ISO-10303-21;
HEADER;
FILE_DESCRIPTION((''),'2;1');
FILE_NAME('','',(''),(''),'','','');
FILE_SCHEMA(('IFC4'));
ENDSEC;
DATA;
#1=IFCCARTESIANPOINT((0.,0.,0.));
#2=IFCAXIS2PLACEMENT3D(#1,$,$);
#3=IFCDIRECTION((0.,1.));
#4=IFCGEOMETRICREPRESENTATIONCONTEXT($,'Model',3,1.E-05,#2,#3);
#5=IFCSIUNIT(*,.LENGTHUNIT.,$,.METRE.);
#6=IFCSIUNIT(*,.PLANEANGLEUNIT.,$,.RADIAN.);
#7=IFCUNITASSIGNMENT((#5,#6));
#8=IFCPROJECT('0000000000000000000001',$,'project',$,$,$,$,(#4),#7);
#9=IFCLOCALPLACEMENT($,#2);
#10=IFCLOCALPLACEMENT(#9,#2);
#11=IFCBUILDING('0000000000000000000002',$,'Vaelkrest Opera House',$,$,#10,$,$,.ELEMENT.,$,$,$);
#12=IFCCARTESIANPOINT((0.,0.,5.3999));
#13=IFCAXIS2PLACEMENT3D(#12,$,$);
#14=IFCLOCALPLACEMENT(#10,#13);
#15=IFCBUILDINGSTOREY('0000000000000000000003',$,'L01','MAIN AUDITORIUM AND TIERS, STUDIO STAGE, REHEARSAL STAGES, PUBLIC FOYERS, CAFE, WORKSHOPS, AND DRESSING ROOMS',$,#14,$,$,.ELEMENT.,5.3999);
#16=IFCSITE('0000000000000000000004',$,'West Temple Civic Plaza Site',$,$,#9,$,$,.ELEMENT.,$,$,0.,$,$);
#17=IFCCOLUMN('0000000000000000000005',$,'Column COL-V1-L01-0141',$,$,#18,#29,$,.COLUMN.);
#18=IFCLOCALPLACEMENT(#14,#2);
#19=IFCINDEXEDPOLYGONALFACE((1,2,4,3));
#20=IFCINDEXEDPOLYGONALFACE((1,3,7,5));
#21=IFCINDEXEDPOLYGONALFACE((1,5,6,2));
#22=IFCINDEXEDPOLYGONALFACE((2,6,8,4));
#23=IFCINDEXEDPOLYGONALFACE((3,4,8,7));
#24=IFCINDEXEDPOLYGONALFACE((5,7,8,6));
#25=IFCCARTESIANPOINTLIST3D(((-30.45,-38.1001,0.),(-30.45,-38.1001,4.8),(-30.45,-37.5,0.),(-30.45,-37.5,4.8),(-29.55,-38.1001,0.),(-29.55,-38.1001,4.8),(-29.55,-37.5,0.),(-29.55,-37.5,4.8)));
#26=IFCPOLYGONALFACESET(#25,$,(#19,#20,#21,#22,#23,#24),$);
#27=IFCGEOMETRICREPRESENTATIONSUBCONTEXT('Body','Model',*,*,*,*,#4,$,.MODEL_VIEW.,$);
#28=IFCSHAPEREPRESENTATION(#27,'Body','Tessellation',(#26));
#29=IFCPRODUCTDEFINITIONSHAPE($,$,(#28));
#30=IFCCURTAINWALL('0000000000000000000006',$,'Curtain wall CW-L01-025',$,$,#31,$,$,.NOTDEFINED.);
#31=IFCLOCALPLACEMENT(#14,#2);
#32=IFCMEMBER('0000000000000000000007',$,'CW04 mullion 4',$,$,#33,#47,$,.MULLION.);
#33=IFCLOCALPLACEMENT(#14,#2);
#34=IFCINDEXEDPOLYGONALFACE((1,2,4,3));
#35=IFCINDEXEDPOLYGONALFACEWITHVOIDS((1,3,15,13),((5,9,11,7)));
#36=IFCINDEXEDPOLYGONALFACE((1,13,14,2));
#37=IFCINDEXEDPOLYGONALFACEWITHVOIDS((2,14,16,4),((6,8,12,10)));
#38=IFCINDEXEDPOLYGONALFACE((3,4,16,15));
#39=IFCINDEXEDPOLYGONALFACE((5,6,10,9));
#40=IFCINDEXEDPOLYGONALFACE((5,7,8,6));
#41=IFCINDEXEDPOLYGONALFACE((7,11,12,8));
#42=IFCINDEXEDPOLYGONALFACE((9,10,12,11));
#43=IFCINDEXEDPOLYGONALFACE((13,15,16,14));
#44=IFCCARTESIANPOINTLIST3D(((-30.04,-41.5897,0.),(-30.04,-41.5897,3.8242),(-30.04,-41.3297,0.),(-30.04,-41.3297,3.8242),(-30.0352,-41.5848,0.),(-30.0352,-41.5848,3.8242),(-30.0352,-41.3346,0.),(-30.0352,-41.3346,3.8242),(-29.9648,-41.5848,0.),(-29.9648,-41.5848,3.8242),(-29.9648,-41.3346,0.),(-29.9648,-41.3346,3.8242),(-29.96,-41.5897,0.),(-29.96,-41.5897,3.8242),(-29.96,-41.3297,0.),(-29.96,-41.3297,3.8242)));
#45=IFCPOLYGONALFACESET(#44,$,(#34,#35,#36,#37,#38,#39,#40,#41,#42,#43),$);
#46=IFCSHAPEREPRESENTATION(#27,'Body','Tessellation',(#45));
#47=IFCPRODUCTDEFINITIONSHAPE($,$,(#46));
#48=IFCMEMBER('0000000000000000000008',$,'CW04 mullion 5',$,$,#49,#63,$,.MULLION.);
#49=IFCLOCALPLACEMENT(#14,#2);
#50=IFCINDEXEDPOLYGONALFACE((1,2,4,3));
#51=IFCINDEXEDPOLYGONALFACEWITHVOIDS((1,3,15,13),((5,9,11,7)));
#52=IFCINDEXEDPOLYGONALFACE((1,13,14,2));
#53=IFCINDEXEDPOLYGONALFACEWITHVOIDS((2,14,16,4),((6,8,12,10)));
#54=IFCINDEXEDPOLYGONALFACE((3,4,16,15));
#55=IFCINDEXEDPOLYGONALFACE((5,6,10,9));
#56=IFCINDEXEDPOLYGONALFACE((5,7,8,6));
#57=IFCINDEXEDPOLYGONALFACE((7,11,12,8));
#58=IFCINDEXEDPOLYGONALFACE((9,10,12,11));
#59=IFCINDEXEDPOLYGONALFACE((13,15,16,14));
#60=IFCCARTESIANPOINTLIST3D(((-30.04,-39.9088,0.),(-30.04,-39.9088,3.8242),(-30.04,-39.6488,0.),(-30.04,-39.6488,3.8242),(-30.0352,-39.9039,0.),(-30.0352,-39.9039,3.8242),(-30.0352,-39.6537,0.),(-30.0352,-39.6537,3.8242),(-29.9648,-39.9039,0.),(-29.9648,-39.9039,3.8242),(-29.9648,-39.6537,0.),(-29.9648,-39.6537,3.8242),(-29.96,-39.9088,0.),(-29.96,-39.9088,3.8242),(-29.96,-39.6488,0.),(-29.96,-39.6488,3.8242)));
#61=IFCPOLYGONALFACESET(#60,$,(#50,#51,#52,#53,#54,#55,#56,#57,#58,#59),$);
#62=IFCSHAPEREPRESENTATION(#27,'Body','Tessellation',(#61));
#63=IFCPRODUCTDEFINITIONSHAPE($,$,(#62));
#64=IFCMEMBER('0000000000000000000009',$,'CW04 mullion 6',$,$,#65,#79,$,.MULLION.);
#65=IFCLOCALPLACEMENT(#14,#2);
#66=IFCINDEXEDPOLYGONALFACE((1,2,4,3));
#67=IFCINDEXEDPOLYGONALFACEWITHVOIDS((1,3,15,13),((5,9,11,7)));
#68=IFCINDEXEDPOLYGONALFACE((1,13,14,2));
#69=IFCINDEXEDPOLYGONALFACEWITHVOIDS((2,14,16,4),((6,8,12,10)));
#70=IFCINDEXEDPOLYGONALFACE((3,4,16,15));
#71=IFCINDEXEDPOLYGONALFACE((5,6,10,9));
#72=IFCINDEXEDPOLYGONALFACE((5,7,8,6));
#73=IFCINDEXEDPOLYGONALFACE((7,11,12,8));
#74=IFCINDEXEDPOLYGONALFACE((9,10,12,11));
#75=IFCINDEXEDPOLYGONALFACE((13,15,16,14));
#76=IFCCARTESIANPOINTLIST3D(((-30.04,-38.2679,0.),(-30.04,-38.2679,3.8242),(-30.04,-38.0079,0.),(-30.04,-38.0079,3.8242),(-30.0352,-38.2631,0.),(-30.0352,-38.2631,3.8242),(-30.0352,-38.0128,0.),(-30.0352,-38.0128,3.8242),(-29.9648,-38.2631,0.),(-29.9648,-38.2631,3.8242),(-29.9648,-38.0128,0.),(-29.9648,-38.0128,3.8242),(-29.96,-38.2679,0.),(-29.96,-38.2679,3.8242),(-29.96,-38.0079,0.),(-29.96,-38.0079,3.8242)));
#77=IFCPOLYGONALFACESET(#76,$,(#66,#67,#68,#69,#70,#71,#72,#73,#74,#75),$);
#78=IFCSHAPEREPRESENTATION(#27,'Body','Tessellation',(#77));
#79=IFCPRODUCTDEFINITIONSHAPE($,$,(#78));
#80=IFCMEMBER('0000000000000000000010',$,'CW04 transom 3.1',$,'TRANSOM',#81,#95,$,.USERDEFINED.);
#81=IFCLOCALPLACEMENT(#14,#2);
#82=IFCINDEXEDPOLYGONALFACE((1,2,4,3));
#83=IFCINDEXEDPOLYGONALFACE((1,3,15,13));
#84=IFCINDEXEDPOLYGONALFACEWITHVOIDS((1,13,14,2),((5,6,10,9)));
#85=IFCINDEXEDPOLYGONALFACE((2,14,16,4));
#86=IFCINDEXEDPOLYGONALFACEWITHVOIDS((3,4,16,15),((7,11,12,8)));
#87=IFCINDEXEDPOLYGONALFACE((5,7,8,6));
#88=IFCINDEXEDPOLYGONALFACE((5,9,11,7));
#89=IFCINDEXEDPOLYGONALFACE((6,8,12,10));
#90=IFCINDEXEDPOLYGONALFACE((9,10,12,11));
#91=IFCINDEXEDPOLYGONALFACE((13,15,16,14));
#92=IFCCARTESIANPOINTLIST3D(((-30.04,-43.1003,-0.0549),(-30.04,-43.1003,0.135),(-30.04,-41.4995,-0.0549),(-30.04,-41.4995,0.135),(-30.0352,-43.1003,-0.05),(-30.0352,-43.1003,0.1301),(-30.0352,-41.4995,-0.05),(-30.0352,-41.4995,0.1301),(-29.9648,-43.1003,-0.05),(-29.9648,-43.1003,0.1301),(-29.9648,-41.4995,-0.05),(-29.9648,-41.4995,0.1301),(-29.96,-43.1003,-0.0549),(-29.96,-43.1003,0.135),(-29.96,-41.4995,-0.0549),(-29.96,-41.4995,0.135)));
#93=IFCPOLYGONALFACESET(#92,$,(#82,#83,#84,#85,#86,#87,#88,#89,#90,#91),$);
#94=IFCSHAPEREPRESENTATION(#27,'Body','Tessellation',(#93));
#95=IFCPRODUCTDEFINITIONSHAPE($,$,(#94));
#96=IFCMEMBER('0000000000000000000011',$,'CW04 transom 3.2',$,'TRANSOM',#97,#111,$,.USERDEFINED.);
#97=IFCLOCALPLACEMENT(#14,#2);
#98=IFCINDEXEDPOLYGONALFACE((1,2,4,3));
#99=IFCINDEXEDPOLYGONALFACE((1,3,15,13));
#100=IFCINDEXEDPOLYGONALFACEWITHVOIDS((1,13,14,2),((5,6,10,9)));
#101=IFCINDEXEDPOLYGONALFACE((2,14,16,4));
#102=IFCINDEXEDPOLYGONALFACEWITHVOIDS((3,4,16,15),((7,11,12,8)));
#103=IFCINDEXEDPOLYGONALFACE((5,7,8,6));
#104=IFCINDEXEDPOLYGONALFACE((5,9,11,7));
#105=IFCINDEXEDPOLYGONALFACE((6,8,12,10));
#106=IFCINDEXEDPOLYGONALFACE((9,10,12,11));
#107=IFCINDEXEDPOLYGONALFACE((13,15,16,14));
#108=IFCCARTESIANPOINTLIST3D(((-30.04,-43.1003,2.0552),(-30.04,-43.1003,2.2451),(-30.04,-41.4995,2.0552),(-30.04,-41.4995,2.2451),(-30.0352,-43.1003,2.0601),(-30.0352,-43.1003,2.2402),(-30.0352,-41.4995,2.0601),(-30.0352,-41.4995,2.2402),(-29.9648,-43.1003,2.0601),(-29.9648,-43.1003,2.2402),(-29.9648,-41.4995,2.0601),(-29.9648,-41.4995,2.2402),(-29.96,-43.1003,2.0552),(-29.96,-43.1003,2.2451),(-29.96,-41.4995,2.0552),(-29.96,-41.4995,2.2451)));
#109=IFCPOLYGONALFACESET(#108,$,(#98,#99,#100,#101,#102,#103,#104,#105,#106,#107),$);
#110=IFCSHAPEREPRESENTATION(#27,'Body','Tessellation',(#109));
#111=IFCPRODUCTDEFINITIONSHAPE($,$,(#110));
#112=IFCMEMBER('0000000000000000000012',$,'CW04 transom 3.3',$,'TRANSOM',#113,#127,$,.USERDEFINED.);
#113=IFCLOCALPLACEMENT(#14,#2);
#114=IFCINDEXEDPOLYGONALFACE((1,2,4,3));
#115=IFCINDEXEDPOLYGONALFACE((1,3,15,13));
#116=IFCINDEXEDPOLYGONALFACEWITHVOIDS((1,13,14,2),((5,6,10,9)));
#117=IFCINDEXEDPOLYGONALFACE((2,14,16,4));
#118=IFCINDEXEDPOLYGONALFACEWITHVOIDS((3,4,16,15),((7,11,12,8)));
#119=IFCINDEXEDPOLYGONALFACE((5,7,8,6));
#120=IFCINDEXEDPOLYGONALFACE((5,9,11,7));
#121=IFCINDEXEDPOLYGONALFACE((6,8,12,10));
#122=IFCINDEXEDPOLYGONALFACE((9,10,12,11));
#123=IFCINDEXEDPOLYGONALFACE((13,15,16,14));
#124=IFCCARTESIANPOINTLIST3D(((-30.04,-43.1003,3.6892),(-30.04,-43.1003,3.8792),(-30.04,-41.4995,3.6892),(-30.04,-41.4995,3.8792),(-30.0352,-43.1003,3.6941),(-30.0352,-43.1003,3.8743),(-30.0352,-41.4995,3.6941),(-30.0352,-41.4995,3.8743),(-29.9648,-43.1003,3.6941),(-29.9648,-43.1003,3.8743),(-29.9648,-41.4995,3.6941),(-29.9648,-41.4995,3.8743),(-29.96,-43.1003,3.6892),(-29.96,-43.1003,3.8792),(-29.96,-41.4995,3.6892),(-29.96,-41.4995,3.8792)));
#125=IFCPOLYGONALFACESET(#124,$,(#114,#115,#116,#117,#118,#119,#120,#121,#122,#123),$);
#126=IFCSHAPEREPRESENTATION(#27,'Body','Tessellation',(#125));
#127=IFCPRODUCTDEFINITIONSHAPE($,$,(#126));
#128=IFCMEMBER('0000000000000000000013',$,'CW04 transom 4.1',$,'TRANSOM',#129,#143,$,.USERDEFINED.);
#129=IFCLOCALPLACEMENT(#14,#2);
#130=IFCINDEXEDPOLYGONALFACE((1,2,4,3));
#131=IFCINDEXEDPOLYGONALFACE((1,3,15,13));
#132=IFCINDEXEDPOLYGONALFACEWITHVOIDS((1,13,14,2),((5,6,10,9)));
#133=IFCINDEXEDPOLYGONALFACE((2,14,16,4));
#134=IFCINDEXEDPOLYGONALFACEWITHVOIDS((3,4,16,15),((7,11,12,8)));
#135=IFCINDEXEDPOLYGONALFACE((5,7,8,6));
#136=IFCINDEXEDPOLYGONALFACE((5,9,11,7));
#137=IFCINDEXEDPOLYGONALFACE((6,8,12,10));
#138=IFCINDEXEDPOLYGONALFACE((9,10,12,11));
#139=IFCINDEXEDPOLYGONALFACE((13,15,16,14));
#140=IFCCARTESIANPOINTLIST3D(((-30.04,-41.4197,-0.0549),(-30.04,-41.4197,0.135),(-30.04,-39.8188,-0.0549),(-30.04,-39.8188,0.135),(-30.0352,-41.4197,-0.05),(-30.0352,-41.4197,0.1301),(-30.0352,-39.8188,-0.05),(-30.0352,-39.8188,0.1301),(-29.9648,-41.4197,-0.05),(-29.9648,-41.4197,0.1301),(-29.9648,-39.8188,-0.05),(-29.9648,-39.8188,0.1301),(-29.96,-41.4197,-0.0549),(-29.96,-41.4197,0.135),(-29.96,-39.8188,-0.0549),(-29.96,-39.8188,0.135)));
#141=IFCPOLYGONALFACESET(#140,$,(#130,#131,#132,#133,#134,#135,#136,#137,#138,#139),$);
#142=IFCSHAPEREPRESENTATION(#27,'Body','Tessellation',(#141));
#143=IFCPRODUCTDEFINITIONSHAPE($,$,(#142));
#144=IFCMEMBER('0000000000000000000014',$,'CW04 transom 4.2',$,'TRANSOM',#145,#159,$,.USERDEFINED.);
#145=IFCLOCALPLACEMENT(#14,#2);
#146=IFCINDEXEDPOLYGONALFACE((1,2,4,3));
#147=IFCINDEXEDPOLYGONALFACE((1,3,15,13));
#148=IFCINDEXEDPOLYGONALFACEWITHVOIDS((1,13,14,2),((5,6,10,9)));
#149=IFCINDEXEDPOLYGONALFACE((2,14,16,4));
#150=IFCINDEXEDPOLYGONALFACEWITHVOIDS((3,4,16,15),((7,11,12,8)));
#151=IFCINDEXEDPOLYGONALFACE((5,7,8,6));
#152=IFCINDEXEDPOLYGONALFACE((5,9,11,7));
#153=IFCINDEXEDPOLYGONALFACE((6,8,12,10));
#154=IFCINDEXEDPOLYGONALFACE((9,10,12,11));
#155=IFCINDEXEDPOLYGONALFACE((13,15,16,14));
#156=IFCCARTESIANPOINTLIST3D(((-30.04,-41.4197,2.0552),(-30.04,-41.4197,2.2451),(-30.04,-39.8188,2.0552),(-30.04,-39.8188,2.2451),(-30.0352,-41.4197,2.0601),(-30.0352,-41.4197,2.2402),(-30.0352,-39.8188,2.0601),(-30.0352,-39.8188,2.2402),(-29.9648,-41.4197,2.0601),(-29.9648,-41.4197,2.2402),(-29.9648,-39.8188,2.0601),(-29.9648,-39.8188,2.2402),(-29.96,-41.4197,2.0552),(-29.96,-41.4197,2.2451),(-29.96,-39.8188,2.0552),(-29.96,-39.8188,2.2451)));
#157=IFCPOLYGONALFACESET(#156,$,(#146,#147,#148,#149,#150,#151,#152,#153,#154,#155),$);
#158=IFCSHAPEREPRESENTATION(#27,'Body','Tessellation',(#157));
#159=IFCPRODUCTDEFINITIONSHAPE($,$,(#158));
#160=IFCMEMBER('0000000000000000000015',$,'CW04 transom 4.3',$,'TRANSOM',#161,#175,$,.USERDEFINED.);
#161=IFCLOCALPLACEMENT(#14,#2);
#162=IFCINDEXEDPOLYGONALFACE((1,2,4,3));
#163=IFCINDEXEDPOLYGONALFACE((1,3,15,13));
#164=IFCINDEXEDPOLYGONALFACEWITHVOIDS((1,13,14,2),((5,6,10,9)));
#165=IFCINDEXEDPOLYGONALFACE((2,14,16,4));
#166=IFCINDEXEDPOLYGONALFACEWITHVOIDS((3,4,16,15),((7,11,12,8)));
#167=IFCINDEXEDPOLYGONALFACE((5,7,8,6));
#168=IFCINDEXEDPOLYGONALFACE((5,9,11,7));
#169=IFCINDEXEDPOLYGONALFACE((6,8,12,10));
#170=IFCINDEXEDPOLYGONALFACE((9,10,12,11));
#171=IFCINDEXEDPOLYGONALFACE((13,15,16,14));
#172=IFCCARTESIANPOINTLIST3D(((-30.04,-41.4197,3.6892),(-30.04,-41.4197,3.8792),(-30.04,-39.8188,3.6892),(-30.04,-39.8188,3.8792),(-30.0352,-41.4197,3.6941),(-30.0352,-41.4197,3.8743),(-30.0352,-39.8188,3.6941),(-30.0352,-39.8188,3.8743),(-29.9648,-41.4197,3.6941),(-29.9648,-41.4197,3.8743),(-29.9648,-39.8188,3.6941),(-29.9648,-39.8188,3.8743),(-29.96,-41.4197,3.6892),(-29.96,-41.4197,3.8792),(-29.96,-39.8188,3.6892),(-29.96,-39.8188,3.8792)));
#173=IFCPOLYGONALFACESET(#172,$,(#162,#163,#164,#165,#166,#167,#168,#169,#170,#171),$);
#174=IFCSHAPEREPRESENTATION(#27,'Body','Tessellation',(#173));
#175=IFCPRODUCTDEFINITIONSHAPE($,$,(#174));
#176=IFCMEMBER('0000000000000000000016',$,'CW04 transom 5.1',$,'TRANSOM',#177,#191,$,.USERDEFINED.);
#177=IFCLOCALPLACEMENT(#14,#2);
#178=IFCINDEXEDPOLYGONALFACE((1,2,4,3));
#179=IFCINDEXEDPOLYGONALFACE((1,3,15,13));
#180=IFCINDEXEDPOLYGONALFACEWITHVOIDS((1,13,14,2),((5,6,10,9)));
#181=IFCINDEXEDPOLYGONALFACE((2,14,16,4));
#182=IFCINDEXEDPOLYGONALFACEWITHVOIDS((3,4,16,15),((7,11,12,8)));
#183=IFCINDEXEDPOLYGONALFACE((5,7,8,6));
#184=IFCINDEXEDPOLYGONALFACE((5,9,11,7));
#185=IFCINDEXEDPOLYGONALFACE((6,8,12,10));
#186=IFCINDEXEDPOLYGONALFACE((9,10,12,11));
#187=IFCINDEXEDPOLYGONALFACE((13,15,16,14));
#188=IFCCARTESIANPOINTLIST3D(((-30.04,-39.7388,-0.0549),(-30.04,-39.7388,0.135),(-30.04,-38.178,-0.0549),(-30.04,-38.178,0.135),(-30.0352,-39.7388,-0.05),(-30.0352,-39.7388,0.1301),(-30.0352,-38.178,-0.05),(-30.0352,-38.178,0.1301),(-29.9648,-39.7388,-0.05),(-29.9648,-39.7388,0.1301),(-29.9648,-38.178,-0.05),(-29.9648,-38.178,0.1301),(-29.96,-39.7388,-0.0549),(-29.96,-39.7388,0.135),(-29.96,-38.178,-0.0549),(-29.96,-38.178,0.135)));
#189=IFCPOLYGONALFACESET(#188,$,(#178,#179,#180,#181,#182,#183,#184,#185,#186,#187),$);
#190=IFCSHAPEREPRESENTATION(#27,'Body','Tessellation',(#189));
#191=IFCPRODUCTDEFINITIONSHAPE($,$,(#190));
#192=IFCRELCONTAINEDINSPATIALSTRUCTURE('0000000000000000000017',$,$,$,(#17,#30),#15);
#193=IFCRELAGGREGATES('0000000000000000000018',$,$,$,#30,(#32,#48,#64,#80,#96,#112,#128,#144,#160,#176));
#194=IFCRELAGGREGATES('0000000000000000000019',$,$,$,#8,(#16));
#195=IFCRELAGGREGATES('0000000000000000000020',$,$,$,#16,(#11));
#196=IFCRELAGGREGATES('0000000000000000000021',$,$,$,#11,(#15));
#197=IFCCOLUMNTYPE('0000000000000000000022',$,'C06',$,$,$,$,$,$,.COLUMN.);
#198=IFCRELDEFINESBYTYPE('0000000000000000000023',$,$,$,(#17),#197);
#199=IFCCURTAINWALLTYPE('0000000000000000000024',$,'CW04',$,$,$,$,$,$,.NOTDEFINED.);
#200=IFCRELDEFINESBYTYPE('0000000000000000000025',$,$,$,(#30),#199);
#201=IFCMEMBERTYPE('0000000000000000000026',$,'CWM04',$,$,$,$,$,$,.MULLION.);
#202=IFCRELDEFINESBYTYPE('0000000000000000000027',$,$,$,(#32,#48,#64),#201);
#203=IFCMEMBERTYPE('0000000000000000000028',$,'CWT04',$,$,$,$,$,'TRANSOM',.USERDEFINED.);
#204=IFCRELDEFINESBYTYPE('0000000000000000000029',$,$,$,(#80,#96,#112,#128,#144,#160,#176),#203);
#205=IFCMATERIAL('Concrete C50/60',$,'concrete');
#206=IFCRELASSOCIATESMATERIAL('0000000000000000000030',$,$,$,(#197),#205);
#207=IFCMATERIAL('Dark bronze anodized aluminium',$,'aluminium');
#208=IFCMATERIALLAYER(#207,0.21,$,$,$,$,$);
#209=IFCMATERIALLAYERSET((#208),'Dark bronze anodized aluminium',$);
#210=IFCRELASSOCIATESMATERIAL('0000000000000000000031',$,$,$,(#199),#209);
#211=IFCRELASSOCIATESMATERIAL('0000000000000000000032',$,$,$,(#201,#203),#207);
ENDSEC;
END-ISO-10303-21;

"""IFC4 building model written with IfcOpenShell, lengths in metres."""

from ifc_helpers import new_model, si_unit, direction, frame, origin, origin_2d, place, context, subcontext, project, spatial, rectangle, hollow_rectangle, extrude, material, layer, layer_set, material_profile, profile_set, type_object, element, aggregate, save


model = new_model("IFC4")

# Units and contexts
model_context = context("Model", 3, precision=1e-05, world=origin(), true_north=direction((0.0, 1.0)))
body_context = subcontext(model_context, "Body", "Model", "MODEL_VIEW")
ifc_project = project(units=[si_unit("LENGTHUNIT", "METRE"), si_unit("PLANEANGLEUNIT", "RADIAN")], contexts=[model_context])

# Site, building, storey
site_placement = place(None, origin())
site = spatial("IfcSite", under=ifc_project, at=site_placement, Name="West Temple Civic Plaza Site", CompositionType="ELEMENT", RefElevation=0.0)
building_placement = place(site_placement, origin())
building = spatial("IfcBuilding", under=site, at=building_placement, Name="Vaelkrest Opera House", CompositionType="ELEMENT")
storey_placement = place(building_placement, frame((0.0, 0.0, 5.3999)))
storey = spatial("IfcBuildingStorey", under=building, at=storey_placement, Name="L01", Description="MAIN AUDITORIUM AND TIERS, STUDIO STAGE, REHEARSAL STAGES, PUBLIC FOYERS, CAFE, WORKSHOPS, AND DRESSING ROOMS", CompositionType="ELEMENT", Elevation=5.3999)

# Column
ifc_material_1 = material(Name="Concrete C50/60", Category="concrete")
ifc_material_profile_1 = material_profile(ifc_material_1, rectangle(XDim=0.6001, YDim=0.8999, at=origin_2d()), Name="RC600X900")
ifc_profile_set_1 = profile_set([ifc_material_profile_1], Name="Concrete C50/60")
column_type = type_object("IfcColumnType", Name="C06", PredefinedType="COLUMN", material=ifc_profile_set_1)
column_placement = place(storey_placement, frame((-30.0, -37.8, 0.0), z_axis=(0.0, 0.0, 1.0), x_axis=(0.0, 1.0, 0.0)))
element("IfcColumn", 1, at=column_placement, inside=storey, type_object=column_type, Name="Column COL-V1-L01-0141", PredefinedType="COLUMN", context=body_context, shape_type="SweptSolid", body=[
    extrude(rectangle(XDim=0.6001, YDim=0.8999, at=origin_2d()), origin(), (0.0, 0.0, 1.0), 4.8),
])

# Curtain wall, members
ifc_material_2 = material(Name="Dark bronze anodized aluminium", Category="aluminium")
ifc_layer_1 = layer(ifc_material_2, 0.21)
ifc_layer_set_1 = layer_set([ifc_layer_1], Name="Dark bronze anodized aluminium")
curtain_wall_type = type_object("IfcCurtainWallType", Name="CW04", PredefinedType="NOTDEFINED", material=ifc_layer_set_1)
curtain_wall_placement = place(storey_placement, origin())
curtain_wall = element("IfcCurtainWall", 2, at=curtain_wall_placement, inside=storey, type_object=curtain_wall_type, Name="Curtain wall CW-L01-025", PredefinedType="NOTDEFINED")
ifc_material_profile_2 = material_profile(ifc_material_2, hollow_rectangle(XDim=0.0801, YDim=0.26, WallThickness=0.0049, at=origin_2d()), Name="CWM80X260")
ifc_profile_set_2 = profile_set([ifc_material_profile_2], Name="Dark bronze anodized aluminium")
member_type_1 = type_object("IfcMemberType", Name="CWM04", PredefinedType="MULLION", material=ifc_profile_set_2)
member_1_placement = place(storey_placement, frame((-30.0, -41.4597, 0.0), z_axis=(0.0, 0.0, 1.0), x_axis=(-1.0, 0.0, 0.0)))
member_1 = element("IfcMember", 3, at=member_1_placement, type_object=member_type_1, Name="CW04 mullion 4", PredefinedType="MULLION", context=body_context, shape_type="SweptSolid", body=[
    extrude(hollow_rectangle(XDim=0.0801, YDim=0.26, WallThickness=0.0049, at=origin_2d()), origin(), (0.0, 0.0, 1.0), 3.8242),
])
member_2_placement = place(storey_placement, frame((-30.0, -39.7788, 0.0), z_axis=(0.0, 0.0, 1.0), x_axis=(-1.0, 0.0, 0.0)))
member_2 = element("IfcMember", 4, at=member_2_placement, type_object=member_type_1, Name="CW04 mullion 5", PredefinedType="MULLION", context=body_context, shape_type="SweptSolid", body=[
    extrude(hollow_rectangle(XDim=0.0801, YDim=0.26, WallThickness=0.0049, at=origin_2d()), origin(), (0.0, 0.0, 1.0), 3.8242),
])
member_3_placement = place(storey_placement, frame((-30.0, -38.1379, 0.0), z_axis=(0.0, 0.0, 1.0), x_axis=(-1.0, 0.0, 0.0)))
member_3 = element("IfcMember", 5, at=member_3_placement, type_object=member_type_1, Name="CW04 mullion 6", PredefinedType="MULLION", context=body_context, shape_type="SweptSolid", body=[
    extrude(hollow_rectangle(XDim=0.0801, YDim=0.26, WallThickness=0.0049, at=origin_2d()), origin(), (0.0, 0.0, 1.0), 3.8242),
])
ifc_material_profile_3 = material_profile(ifc_material_2, hollow_rectangle(XDim=0.0801, YDim=0.1899, WallThickness=0.0049, at=origin_2d()), Name="CWT80X190")
ifc_profile_set_3 = profile_set([ifc_material_profile_3], Name="Dark bronze anodized aluminium")
member_type_2 = type_object("IfcMemberType", Name="CWT04", ElementType="TRANSOM", PredefinedType="USERDEFINED", material=ifc_profile_set_3)
member_4_placement = place(storey_placement, frame((-30.0, -43.1003, 0.04), z_axis=(0.0, 1.0, 0.0), x_axis=(-1.0, 0.0, 0.0)))
member_4 = element("IfcMember", 6, at=member_4_placement, type_object=member_type_2, Name="CW04 transom 3.1", ObjectType="TRANSOM", PredefinedType="USERDEFINED", context=body_context, shape_type="SweptSolid", body=[
    extrude(hollow_rectangle(XDim=0.0801, YDim=0.1899, WallThickness=0.0049, at=origin_2d()), origin(), (0.0, 0.0, 1.0), 1.6008),
])
member_5_placement = place(storey_placement, frame((-30.0, -43.1003, 2.1501), z_axis=(0.0, 1.0, 0.0), x_axis=(-1.0, 0.0, 0.0)))
member_5 = element("IfcMember", 7, at=member_5_placement, type_object=member_type_2, Name="CW04 transom 3.2", ObjectType="TRANSOM", PredefinedType="USERDEFINED", context=body_context, shape_type="SweptSolid", body=[
    extrude(hollow_rectangle(XDim=0.0801, YDim=0.1899, WallThickness=0.0049, at=origin_2d()), origin(), (0.0, 0.0, 1.0), 1.6008),
])
member_6_placement = place(storey_placement, frame((-30.0, -43.1003, 3.7842), z_axis=(0.0, 1.0, 0.0), x_axis=(-1.0, 0.0, 0.0)))
member_6 = element("IfcMember", 8, at=member_6_placement, type_object=member_type_2, Name="CW04 transom 3.3", ObjectType="TRANSOM", PredefinedType="USERDEFINED", context=body_context, shape_type="SweptSolid", body=[
    extrude(hollow_rectangle(XDim=0.0801, YDim=0.1899, WallThickness=0.0049, at=origin_2d()), origin(), (0.0, 0.0, 1.0), 1.6008),
])
member_7_placement = place(storey_placement, frame((-30.0, -41.4197, 0.04), z_axis=(0.0, 1.0, 0.0), x_axis=(-1.0, 0.0, 0.0)))
member_7 = element("IfcMember", 9, at=member_7_placement, type_object=member_type_2, Name="CW04 transom 4.1", ObjectType="TRANSOM", PredefinedType="USERDEFINED", context=body_context, shape_type="SweptSolid", body=[
    extrude(hollow_rectangle(XDim=0.0801, YDim=0.1899, WallThickness=0.0049, at=origin_2d()), origin(), (0.0, 0.0, 1.0), 1.6008),
])
member_8_placement = place(storey_placement, frame((-30.0, -41.4197, 2.1501), z_axis=(0.0, 1.0, 0.0), x_axis=(-1.0, 0.0, 0.0)))
member_8 = element("IfcMember", 10, at=member_8_placement, type_object=member_type_2, Name="CW04 transom 4.2", ObjectType="TRANSOM", PredefinedType="USERDEFINED", context=body_context, shape_type="SweptSolid", body=[
    extrude(hollow_rectangle(XDim=0.0801, YDim=0.1899, WallThickness=0.0049, at=origin_2d()), origin(), (0.0, 0.0, 1.0), 1.6008),
])
member_9_placement = place(storey_placement, frame((-30.0, -41.4197, 3.7842), z_axis=(0.0, 1.0, 0.0), x_axis=(-1.0, 0.0, 0.0)))
member_9 = element("IfcMember", 11, at=member_9_placement, type_object=member_type_2, Name="CW04 transom 4.3", ObjectType="TRANSOM", PredefinedType="USERDEFINED", context=body_context, shape_type="SweptSolid", body=[
    extrude(hollow_rectangle(XDim=0.0801, YDim=0.1899, WallThickness=0.0049, at=origin_2d()), origin(), (0.0, 0.0, 1.0), 1.6008),
])
member_10_placement = place(storey_placement, frame((-30.0, -39.7388, 0.04), z_axis=(0.0, 1.0, 0.0), x_axis=(-1.0, 0.0, 0.0)))
member_10 = element("IfcMember", 12, at=member_10_placement, type_object=member_type_2, Name="CW04 transom 5.1", ObjectType="TRANSOM", PredefinedType="USERDEFINED", context=body_context, shape_type="SweptSolid", body=[
    extrude(hollow_rectangle(XDim=0.0801, YDim=0.1899, WallThickness=0.0049, at=origin_2d()), origin(), (0.0, 0.0, 1.0), 1.5608),
])

aggregate(curtain_wall, [member_1, member_2, member_3, member_4, member_5, member_6, member_7, member_8, member_9, member_10])

save(model, "model.ifc")
